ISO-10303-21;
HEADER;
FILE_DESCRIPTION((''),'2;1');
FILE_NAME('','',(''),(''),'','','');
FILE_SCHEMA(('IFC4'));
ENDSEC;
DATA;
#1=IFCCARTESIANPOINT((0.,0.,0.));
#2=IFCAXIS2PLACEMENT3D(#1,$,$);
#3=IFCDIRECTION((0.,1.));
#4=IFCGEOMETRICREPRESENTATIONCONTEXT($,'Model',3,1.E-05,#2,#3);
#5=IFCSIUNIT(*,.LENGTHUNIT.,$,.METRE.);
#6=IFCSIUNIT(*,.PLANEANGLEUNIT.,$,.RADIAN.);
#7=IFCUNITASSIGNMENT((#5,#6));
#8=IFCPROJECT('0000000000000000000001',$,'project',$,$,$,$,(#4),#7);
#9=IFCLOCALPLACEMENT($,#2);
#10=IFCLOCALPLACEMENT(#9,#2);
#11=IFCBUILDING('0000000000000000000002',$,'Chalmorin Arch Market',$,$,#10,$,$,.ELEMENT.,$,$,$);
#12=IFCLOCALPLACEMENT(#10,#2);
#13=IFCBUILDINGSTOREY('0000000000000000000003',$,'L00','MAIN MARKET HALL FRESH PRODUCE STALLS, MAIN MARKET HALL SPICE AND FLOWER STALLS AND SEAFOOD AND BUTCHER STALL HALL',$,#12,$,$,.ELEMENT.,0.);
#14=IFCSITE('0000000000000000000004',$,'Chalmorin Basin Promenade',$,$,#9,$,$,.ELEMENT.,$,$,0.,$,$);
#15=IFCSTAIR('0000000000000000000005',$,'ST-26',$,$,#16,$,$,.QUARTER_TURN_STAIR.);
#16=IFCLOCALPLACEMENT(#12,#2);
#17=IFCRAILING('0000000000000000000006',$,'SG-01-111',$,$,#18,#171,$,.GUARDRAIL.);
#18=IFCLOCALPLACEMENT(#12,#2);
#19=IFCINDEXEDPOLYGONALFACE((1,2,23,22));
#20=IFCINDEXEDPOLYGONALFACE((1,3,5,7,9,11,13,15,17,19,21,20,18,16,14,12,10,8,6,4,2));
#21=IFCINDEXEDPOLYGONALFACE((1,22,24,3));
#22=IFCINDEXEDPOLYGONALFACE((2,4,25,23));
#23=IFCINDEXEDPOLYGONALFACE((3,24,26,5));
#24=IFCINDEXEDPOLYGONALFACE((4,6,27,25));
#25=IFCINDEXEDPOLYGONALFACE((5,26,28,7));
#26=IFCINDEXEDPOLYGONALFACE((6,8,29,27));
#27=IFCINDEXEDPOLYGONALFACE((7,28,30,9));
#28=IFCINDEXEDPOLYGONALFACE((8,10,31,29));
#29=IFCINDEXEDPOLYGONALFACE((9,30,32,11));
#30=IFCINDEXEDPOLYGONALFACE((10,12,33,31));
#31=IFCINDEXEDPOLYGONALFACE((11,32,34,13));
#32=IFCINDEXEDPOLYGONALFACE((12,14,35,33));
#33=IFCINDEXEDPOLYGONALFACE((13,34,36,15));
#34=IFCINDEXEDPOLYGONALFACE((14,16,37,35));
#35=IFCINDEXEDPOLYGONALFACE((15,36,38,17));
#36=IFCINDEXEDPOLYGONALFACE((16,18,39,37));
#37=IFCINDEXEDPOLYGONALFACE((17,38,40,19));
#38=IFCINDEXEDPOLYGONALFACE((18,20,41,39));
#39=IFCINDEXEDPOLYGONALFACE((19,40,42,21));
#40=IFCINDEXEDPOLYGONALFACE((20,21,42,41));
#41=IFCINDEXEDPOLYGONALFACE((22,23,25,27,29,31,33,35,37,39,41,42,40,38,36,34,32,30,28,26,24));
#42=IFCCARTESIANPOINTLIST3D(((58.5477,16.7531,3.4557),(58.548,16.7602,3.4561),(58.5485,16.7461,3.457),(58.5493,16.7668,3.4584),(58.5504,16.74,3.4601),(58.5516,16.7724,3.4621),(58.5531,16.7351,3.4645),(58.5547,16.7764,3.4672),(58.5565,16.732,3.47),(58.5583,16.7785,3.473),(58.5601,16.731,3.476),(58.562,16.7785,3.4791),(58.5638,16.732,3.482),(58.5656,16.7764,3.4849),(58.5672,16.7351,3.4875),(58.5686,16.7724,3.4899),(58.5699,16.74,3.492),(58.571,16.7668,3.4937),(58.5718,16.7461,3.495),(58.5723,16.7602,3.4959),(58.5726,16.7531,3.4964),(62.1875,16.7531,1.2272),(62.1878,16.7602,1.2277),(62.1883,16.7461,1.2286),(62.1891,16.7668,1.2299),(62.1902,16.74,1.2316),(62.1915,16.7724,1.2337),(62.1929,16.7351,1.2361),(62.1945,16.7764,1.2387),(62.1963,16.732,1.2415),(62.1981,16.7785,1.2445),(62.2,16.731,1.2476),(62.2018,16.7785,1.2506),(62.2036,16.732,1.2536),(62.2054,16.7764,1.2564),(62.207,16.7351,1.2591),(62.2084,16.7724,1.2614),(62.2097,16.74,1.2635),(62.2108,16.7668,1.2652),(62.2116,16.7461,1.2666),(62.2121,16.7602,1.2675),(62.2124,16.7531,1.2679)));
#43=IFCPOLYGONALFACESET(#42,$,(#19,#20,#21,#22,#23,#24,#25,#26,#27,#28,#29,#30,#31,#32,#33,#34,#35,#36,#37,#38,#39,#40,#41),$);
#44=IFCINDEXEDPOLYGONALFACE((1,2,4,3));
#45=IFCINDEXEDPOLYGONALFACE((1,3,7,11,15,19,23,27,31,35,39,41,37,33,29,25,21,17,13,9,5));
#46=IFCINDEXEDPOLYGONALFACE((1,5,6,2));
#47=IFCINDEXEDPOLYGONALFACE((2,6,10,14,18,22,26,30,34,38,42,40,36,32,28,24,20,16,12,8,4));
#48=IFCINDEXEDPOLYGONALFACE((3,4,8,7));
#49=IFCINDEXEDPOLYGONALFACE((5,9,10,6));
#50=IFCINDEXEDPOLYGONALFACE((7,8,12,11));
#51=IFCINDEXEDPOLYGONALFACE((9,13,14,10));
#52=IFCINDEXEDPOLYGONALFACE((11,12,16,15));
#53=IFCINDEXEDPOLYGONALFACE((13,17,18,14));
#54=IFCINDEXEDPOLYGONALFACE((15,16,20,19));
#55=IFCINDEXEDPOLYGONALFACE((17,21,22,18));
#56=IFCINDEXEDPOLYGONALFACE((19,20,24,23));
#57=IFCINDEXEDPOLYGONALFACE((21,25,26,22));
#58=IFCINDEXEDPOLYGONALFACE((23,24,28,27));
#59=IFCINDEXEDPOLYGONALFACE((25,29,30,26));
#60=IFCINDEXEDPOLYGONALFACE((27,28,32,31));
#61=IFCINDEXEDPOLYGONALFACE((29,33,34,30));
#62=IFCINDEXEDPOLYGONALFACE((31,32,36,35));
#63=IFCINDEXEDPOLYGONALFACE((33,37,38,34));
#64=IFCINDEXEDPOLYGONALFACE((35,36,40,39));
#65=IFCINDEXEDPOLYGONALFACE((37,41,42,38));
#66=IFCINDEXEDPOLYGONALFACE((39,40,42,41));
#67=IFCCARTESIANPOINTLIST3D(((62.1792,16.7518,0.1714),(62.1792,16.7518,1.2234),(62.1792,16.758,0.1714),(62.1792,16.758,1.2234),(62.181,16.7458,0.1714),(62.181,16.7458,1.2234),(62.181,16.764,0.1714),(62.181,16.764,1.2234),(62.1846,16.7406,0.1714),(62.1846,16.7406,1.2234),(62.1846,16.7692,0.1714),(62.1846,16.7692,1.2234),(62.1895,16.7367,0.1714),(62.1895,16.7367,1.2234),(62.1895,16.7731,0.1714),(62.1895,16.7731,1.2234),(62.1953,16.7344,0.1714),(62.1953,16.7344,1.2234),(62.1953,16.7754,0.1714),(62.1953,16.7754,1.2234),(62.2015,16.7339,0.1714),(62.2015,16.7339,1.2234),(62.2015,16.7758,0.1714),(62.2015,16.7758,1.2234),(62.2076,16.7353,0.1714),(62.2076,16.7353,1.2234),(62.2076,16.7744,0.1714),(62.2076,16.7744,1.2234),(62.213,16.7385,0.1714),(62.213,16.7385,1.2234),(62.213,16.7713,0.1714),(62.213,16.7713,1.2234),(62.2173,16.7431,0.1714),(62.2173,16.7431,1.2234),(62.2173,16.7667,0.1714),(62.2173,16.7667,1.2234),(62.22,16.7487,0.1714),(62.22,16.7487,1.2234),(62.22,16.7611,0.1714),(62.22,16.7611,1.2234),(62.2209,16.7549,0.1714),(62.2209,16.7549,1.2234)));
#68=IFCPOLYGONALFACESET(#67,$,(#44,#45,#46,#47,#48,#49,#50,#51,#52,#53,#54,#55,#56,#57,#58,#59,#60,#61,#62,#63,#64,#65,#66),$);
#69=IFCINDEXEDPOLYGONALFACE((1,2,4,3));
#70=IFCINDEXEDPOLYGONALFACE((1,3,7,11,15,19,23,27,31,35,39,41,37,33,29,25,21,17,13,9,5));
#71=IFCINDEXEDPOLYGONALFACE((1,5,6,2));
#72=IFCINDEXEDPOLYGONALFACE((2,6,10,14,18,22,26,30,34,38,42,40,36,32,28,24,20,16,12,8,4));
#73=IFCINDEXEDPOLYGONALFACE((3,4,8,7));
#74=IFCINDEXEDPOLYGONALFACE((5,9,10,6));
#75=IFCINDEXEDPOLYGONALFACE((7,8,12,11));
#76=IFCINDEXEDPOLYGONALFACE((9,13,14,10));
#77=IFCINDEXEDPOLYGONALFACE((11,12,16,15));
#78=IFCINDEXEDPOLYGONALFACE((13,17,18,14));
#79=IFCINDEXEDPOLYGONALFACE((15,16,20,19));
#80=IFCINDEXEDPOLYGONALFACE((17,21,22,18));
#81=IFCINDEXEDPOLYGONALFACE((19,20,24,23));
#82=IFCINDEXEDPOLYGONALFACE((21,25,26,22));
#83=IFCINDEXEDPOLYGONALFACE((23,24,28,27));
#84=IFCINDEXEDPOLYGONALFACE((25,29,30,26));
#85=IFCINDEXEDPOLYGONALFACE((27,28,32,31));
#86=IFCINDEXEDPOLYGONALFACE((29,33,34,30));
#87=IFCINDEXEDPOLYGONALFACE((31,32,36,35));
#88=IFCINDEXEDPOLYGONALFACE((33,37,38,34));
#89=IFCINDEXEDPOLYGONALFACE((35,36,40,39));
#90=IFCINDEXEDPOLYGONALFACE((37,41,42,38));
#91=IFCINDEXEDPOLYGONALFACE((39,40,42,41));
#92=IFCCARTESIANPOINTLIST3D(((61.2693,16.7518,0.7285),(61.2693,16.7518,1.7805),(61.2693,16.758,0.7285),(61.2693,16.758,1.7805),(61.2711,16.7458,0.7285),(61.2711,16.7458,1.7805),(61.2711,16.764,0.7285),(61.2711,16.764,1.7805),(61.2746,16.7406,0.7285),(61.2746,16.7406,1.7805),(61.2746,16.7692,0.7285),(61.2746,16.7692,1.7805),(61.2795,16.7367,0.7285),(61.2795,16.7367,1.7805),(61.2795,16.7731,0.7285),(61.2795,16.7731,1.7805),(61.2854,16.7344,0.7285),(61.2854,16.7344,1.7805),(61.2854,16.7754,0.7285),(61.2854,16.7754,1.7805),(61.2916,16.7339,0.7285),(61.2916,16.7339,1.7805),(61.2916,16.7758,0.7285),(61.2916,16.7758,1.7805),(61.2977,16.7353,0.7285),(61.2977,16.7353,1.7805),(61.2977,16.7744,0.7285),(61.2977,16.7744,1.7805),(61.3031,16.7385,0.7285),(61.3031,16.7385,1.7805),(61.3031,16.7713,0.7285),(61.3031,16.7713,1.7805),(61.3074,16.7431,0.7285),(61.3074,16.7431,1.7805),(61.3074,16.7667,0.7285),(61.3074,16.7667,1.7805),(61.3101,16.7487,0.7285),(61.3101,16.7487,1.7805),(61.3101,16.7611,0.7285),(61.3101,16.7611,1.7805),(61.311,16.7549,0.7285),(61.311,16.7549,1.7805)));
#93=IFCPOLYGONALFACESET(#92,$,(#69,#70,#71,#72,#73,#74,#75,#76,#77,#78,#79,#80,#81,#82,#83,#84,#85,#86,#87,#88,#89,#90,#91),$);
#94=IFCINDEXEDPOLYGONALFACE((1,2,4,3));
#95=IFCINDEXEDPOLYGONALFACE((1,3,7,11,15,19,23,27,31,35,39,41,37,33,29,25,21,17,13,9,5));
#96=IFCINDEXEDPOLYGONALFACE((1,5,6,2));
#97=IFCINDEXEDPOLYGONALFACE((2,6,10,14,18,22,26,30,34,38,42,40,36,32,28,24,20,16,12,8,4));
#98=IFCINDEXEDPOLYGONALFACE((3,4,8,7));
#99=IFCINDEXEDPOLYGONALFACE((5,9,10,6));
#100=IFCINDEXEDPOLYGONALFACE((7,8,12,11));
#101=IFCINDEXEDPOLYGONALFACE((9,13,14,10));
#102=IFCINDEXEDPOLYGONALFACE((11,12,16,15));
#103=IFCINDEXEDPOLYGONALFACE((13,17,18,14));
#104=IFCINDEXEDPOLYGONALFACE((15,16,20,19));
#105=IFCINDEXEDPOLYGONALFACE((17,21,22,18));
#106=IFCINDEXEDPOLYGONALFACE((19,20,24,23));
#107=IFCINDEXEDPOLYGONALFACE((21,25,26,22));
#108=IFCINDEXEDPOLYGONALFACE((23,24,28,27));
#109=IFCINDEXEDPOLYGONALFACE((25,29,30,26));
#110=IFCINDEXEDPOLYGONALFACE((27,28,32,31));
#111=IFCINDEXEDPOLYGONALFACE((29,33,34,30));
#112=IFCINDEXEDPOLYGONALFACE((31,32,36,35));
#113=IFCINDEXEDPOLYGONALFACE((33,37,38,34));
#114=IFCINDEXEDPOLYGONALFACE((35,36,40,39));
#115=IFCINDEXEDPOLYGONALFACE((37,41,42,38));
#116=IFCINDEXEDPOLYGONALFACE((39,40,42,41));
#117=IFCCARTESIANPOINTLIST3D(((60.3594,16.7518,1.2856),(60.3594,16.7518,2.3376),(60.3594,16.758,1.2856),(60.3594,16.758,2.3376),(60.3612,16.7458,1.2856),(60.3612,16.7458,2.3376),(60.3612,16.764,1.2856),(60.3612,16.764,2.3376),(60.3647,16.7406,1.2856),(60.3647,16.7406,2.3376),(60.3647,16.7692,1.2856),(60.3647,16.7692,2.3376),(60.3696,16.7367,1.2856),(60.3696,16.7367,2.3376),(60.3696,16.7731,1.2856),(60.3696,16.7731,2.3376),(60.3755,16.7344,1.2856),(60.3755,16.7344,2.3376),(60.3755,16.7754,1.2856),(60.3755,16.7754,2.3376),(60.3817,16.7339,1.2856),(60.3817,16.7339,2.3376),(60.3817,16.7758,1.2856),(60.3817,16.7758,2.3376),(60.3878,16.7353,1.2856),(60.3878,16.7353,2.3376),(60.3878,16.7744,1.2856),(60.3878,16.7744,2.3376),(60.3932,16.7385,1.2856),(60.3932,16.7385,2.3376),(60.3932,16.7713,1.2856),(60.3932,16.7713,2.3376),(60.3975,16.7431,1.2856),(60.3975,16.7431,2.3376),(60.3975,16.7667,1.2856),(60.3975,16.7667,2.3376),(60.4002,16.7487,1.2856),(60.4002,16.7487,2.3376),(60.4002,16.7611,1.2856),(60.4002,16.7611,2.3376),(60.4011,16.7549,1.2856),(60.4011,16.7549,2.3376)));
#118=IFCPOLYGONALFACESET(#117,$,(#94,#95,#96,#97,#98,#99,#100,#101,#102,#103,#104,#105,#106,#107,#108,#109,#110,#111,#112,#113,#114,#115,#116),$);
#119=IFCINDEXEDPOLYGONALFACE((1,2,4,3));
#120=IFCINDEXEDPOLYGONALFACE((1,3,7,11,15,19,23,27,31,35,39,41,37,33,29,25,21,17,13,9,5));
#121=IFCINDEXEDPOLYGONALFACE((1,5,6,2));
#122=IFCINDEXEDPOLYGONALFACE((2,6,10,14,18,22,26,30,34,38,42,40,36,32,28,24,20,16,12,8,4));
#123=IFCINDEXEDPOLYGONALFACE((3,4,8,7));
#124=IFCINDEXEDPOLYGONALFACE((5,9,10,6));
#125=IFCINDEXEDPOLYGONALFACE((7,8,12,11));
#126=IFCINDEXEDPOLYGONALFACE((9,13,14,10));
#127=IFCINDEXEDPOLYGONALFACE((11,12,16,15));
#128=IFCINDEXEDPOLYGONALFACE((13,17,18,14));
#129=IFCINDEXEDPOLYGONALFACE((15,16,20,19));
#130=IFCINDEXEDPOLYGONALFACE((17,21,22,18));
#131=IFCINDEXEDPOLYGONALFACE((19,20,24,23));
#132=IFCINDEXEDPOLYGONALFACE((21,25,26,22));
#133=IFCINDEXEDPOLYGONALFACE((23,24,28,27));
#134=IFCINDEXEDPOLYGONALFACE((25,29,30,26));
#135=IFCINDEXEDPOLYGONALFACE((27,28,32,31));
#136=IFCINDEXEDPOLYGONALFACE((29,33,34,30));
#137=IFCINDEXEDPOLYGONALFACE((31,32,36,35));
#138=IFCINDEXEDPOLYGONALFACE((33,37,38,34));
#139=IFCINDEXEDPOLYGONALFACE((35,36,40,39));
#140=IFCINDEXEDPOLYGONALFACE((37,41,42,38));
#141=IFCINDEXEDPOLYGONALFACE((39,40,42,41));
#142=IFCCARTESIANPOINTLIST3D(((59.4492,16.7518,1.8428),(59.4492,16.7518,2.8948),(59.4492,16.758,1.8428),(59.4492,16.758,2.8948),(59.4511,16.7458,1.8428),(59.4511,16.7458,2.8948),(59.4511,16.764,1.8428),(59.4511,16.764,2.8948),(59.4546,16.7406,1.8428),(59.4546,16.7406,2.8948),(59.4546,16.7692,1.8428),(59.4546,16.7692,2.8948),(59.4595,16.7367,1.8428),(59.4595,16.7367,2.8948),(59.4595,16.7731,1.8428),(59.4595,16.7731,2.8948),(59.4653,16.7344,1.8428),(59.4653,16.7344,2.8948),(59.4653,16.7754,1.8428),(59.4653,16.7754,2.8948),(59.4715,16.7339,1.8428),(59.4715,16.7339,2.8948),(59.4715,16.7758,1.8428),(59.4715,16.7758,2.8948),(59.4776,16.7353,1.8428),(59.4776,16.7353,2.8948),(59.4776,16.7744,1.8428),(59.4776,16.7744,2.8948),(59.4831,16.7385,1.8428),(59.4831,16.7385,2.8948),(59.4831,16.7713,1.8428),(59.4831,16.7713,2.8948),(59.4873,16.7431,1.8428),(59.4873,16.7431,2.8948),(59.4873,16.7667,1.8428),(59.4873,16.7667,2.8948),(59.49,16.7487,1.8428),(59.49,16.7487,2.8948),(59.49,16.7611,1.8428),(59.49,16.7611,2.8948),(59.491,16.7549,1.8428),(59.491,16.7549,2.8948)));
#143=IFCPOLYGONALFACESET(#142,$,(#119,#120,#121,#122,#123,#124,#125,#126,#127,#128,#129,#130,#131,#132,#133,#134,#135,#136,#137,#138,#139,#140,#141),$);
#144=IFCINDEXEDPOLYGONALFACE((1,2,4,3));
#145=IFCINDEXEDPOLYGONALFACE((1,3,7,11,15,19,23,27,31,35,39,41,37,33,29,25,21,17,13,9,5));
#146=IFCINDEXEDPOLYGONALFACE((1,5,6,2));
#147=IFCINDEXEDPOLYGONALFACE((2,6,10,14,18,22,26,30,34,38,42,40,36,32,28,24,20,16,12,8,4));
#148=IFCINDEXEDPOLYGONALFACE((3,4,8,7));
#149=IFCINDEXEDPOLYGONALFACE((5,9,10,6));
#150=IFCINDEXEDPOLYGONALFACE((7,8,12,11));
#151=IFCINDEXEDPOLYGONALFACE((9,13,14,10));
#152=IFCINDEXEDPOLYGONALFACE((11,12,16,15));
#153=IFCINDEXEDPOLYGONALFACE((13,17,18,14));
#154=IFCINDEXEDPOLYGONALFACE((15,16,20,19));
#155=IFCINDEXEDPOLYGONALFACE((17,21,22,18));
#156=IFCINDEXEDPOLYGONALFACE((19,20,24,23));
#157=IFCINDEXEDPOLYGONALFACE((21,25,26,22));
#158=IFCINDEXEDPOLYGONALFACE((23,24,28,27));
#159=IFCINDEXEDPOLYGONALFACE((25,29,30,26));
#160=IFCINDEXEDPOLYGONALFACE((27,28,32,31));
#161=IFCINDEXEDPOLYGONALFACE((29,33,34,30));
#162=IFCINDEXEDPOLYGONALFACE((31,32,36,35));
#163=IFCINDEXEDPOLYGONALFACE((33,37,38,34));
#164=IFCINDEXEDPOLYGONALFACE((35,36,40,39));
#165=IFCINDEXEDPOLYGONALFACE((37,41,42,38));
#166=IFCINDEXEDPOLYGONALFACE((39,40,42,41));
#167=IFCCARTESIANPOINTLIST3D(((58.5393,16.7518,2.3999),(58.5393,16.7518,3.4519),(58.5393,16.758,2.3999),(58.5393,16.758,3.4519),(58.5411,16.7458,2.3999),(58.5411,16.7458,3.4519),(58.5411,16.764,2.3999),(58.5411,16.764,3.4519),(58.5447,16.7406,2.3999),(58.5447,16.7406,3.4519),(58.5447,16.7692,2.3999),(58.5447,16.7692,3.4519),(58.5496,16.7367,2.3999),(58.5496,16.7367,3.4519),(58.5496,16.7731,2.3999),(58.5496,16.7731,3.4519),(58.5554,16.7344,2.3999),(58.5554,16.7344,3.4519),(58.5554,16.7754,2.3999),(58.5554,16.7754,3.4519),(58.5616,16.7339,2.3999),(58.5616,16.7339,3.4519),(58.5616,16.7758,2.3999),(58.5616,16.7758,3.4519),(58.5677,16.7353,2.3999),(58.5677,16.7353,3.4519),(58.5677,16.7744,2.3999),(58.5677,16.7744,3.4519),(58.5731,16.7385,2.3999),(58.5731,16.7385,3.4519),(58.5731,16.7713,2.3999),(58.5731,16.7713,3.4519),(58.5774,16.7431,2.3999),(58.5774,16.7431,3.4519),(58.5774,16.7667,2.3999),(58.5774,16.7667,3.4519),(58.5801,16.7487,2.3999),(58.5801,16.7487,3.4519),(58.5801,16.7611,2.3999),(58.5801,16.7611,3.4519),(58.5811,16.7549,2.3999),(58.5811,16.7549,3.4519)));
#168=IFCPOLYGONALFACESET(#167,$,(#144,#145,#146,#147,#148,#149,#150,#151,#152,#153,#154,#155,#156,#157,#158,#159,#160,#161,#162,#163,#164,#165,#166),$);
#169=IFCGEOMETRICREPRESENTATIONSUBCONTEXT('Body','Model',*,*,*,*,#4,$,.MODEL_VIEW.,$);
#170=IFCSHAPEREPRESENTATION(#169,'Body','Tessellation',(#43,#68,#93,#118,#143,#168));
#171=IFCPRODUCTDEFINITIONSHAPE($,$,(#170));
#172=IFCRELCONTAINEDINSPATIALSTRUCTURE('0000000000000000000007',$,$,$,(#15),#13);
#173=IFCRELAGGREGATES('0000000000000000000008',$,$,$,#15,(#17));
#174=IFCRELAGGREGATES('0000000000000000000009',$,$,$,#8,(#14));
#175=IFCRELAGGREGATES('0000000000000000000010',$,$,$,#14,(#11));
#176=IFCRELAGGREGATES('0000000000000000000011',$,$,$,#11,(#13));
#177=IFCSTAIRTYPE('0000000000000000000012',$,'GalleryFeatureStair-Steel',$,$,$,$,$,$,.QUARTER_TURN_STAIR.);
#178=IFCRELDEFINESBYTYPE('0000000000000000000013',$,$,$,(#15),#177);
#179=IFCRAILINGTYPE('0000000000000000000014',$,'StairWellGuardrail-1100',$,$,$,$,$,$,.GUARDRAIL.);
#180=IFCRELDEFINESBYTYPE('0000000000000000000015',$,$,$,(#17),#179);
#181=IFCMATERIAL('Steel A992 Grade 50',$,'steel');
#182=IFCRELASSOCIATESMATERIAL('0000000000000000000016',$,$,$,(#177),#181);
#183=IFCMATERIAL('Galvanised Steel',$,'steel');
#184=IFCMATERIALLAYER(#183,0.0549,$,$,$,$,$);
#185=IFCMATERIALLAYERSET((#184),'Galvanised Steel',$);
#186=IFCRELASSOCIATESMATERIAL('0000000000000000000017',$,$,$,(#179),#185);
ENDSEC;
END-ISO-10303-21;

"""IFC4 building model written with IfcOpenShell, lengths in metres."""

from ifc_helpers import new_model, si_unit, direction, frame, origin, origin_2d, place, context, subcontext, project, spatial, circle, extrude, material, layer, layer_set, type_object, element, aggregate, save


model = new_model("IFC4")

# Units and contexts
model_context = context("Model", 3, precision=1e-05, world=origin(), true_north=direction((0.0, 1.0)))
body_context = subcontext(model_context, "Body", "Model", "MODEL_VIEW")
ifc_project = project(units=[si_unit("LENGTHUNIT", "METRE"), si_unit("PLANEANGLEUNIT", "RADIAN")], contexts=[model_context])

# Site, building, storey
site_placement = place(None, origin())
site = spatial("IfcSite", under=ifc_project, at=site_placement, Name="Chalmorin Basin Promenade", CompositionType="ELEMENT", RefElevation=0.0)
building_placement = place(site_placement, origin())
building = spatial("IfcBuilding", under=site, at=building_placement, Name="Chalmorin Arch Market", CompositionType="ELEMENT")
storey_placement = place(building_placement, origin())
storey = spatial("IfcBuildingStorey", under=building, at=storey_placement, Name="L00", Description="MAIN MARKET HALL FRESH PRODUCE STALLS, MAIN MARKET HALL SPICE AND FLOWER STALLS AND SEAFOOD AND BUTCHER STALL HALL", CompositionType="ELEMENT", Elevation=0.0)

# Shared definitions
ifc_material_1 = material(Name="Steel A992 Grade 50", Category="steel")

# Shared definitions
ifc_material_2 = material(Name="Galvanised Steel", Category="steel")

# Stair, railing
stair_type = type_object("IfcStairType", Name="GalleryFeatureStair-Steel", PredefinedType="QUARTER_TURN_STAIR", material=ifc_material_1)
stair_placement = place(storey_placement, origin())
stair = element("IfcStair", 1, at=stair_placement, inside=storey, type_object=stair_type, Name="ST-26", PredefinedType="QUARTER_TURN_STAIR")
ifc_layer_1 = layer(ifc_material_2, 0.0549)
ifc_layer_set_1 = layer_set([ifc_layer_1], Name="Galvanised Steel")
railing_type = type_object("IfcRailingType", Name="StairWellGuardrail-1100", PredefinedType="GUARDRAIL", material=ifc_layer_set_1)
railing_1_placement = place(storey_placement, frame((62.2, 16.7549, 0.1714)))
railing_1 = element("IfcRailing", 2, at=railing_1_placement, type_object=railing_type, Name="SG-01-111", PredefinedType="GUARDRAIL", context=body_context, shape_type="SweptSolid", body=[
    extrude(circle(Radius=0.0239, at=origin_2d()), frame((0.0, 0.0, 1.0762), z_axis=(-0.85285, 0.0, 0.522156), x_axis=(0.0, -1.0, 0.0)), (0.0, 0.0, 1.0), 4.2678),
    extrude(circle(Radius=0.021, at=origin_2d()), origin(), (0.0, 0.0, 1.0), 1.052),
    extrude(circle(Radius=0.021, at=origin_2d()), frame((-0.9099, 0.0, 0.5571)), (0.0, 0.0, 1.0), 1.052),
    extrude(circle(Radius=0.021, at=origin_2d()), frame((-1.8198, 0.0, 1.1143)), (0.0, 0.0, 1.0), 1.052),
    extrude(circle(Radius=0.021, at=origin_2d()), frame((-2.73, 0.0, 1.6714)), (0.0, 0.0, 1.0), 1.052),
    extrude(circle(Radius=0.021, at=origin_2d()), frame((-3.6399, 0.0, 2.2285)), (0.0, 0.0, 1.0), 1.052),
])
aggregate(stair, [railing_1])

save(model, "model.ifc")
